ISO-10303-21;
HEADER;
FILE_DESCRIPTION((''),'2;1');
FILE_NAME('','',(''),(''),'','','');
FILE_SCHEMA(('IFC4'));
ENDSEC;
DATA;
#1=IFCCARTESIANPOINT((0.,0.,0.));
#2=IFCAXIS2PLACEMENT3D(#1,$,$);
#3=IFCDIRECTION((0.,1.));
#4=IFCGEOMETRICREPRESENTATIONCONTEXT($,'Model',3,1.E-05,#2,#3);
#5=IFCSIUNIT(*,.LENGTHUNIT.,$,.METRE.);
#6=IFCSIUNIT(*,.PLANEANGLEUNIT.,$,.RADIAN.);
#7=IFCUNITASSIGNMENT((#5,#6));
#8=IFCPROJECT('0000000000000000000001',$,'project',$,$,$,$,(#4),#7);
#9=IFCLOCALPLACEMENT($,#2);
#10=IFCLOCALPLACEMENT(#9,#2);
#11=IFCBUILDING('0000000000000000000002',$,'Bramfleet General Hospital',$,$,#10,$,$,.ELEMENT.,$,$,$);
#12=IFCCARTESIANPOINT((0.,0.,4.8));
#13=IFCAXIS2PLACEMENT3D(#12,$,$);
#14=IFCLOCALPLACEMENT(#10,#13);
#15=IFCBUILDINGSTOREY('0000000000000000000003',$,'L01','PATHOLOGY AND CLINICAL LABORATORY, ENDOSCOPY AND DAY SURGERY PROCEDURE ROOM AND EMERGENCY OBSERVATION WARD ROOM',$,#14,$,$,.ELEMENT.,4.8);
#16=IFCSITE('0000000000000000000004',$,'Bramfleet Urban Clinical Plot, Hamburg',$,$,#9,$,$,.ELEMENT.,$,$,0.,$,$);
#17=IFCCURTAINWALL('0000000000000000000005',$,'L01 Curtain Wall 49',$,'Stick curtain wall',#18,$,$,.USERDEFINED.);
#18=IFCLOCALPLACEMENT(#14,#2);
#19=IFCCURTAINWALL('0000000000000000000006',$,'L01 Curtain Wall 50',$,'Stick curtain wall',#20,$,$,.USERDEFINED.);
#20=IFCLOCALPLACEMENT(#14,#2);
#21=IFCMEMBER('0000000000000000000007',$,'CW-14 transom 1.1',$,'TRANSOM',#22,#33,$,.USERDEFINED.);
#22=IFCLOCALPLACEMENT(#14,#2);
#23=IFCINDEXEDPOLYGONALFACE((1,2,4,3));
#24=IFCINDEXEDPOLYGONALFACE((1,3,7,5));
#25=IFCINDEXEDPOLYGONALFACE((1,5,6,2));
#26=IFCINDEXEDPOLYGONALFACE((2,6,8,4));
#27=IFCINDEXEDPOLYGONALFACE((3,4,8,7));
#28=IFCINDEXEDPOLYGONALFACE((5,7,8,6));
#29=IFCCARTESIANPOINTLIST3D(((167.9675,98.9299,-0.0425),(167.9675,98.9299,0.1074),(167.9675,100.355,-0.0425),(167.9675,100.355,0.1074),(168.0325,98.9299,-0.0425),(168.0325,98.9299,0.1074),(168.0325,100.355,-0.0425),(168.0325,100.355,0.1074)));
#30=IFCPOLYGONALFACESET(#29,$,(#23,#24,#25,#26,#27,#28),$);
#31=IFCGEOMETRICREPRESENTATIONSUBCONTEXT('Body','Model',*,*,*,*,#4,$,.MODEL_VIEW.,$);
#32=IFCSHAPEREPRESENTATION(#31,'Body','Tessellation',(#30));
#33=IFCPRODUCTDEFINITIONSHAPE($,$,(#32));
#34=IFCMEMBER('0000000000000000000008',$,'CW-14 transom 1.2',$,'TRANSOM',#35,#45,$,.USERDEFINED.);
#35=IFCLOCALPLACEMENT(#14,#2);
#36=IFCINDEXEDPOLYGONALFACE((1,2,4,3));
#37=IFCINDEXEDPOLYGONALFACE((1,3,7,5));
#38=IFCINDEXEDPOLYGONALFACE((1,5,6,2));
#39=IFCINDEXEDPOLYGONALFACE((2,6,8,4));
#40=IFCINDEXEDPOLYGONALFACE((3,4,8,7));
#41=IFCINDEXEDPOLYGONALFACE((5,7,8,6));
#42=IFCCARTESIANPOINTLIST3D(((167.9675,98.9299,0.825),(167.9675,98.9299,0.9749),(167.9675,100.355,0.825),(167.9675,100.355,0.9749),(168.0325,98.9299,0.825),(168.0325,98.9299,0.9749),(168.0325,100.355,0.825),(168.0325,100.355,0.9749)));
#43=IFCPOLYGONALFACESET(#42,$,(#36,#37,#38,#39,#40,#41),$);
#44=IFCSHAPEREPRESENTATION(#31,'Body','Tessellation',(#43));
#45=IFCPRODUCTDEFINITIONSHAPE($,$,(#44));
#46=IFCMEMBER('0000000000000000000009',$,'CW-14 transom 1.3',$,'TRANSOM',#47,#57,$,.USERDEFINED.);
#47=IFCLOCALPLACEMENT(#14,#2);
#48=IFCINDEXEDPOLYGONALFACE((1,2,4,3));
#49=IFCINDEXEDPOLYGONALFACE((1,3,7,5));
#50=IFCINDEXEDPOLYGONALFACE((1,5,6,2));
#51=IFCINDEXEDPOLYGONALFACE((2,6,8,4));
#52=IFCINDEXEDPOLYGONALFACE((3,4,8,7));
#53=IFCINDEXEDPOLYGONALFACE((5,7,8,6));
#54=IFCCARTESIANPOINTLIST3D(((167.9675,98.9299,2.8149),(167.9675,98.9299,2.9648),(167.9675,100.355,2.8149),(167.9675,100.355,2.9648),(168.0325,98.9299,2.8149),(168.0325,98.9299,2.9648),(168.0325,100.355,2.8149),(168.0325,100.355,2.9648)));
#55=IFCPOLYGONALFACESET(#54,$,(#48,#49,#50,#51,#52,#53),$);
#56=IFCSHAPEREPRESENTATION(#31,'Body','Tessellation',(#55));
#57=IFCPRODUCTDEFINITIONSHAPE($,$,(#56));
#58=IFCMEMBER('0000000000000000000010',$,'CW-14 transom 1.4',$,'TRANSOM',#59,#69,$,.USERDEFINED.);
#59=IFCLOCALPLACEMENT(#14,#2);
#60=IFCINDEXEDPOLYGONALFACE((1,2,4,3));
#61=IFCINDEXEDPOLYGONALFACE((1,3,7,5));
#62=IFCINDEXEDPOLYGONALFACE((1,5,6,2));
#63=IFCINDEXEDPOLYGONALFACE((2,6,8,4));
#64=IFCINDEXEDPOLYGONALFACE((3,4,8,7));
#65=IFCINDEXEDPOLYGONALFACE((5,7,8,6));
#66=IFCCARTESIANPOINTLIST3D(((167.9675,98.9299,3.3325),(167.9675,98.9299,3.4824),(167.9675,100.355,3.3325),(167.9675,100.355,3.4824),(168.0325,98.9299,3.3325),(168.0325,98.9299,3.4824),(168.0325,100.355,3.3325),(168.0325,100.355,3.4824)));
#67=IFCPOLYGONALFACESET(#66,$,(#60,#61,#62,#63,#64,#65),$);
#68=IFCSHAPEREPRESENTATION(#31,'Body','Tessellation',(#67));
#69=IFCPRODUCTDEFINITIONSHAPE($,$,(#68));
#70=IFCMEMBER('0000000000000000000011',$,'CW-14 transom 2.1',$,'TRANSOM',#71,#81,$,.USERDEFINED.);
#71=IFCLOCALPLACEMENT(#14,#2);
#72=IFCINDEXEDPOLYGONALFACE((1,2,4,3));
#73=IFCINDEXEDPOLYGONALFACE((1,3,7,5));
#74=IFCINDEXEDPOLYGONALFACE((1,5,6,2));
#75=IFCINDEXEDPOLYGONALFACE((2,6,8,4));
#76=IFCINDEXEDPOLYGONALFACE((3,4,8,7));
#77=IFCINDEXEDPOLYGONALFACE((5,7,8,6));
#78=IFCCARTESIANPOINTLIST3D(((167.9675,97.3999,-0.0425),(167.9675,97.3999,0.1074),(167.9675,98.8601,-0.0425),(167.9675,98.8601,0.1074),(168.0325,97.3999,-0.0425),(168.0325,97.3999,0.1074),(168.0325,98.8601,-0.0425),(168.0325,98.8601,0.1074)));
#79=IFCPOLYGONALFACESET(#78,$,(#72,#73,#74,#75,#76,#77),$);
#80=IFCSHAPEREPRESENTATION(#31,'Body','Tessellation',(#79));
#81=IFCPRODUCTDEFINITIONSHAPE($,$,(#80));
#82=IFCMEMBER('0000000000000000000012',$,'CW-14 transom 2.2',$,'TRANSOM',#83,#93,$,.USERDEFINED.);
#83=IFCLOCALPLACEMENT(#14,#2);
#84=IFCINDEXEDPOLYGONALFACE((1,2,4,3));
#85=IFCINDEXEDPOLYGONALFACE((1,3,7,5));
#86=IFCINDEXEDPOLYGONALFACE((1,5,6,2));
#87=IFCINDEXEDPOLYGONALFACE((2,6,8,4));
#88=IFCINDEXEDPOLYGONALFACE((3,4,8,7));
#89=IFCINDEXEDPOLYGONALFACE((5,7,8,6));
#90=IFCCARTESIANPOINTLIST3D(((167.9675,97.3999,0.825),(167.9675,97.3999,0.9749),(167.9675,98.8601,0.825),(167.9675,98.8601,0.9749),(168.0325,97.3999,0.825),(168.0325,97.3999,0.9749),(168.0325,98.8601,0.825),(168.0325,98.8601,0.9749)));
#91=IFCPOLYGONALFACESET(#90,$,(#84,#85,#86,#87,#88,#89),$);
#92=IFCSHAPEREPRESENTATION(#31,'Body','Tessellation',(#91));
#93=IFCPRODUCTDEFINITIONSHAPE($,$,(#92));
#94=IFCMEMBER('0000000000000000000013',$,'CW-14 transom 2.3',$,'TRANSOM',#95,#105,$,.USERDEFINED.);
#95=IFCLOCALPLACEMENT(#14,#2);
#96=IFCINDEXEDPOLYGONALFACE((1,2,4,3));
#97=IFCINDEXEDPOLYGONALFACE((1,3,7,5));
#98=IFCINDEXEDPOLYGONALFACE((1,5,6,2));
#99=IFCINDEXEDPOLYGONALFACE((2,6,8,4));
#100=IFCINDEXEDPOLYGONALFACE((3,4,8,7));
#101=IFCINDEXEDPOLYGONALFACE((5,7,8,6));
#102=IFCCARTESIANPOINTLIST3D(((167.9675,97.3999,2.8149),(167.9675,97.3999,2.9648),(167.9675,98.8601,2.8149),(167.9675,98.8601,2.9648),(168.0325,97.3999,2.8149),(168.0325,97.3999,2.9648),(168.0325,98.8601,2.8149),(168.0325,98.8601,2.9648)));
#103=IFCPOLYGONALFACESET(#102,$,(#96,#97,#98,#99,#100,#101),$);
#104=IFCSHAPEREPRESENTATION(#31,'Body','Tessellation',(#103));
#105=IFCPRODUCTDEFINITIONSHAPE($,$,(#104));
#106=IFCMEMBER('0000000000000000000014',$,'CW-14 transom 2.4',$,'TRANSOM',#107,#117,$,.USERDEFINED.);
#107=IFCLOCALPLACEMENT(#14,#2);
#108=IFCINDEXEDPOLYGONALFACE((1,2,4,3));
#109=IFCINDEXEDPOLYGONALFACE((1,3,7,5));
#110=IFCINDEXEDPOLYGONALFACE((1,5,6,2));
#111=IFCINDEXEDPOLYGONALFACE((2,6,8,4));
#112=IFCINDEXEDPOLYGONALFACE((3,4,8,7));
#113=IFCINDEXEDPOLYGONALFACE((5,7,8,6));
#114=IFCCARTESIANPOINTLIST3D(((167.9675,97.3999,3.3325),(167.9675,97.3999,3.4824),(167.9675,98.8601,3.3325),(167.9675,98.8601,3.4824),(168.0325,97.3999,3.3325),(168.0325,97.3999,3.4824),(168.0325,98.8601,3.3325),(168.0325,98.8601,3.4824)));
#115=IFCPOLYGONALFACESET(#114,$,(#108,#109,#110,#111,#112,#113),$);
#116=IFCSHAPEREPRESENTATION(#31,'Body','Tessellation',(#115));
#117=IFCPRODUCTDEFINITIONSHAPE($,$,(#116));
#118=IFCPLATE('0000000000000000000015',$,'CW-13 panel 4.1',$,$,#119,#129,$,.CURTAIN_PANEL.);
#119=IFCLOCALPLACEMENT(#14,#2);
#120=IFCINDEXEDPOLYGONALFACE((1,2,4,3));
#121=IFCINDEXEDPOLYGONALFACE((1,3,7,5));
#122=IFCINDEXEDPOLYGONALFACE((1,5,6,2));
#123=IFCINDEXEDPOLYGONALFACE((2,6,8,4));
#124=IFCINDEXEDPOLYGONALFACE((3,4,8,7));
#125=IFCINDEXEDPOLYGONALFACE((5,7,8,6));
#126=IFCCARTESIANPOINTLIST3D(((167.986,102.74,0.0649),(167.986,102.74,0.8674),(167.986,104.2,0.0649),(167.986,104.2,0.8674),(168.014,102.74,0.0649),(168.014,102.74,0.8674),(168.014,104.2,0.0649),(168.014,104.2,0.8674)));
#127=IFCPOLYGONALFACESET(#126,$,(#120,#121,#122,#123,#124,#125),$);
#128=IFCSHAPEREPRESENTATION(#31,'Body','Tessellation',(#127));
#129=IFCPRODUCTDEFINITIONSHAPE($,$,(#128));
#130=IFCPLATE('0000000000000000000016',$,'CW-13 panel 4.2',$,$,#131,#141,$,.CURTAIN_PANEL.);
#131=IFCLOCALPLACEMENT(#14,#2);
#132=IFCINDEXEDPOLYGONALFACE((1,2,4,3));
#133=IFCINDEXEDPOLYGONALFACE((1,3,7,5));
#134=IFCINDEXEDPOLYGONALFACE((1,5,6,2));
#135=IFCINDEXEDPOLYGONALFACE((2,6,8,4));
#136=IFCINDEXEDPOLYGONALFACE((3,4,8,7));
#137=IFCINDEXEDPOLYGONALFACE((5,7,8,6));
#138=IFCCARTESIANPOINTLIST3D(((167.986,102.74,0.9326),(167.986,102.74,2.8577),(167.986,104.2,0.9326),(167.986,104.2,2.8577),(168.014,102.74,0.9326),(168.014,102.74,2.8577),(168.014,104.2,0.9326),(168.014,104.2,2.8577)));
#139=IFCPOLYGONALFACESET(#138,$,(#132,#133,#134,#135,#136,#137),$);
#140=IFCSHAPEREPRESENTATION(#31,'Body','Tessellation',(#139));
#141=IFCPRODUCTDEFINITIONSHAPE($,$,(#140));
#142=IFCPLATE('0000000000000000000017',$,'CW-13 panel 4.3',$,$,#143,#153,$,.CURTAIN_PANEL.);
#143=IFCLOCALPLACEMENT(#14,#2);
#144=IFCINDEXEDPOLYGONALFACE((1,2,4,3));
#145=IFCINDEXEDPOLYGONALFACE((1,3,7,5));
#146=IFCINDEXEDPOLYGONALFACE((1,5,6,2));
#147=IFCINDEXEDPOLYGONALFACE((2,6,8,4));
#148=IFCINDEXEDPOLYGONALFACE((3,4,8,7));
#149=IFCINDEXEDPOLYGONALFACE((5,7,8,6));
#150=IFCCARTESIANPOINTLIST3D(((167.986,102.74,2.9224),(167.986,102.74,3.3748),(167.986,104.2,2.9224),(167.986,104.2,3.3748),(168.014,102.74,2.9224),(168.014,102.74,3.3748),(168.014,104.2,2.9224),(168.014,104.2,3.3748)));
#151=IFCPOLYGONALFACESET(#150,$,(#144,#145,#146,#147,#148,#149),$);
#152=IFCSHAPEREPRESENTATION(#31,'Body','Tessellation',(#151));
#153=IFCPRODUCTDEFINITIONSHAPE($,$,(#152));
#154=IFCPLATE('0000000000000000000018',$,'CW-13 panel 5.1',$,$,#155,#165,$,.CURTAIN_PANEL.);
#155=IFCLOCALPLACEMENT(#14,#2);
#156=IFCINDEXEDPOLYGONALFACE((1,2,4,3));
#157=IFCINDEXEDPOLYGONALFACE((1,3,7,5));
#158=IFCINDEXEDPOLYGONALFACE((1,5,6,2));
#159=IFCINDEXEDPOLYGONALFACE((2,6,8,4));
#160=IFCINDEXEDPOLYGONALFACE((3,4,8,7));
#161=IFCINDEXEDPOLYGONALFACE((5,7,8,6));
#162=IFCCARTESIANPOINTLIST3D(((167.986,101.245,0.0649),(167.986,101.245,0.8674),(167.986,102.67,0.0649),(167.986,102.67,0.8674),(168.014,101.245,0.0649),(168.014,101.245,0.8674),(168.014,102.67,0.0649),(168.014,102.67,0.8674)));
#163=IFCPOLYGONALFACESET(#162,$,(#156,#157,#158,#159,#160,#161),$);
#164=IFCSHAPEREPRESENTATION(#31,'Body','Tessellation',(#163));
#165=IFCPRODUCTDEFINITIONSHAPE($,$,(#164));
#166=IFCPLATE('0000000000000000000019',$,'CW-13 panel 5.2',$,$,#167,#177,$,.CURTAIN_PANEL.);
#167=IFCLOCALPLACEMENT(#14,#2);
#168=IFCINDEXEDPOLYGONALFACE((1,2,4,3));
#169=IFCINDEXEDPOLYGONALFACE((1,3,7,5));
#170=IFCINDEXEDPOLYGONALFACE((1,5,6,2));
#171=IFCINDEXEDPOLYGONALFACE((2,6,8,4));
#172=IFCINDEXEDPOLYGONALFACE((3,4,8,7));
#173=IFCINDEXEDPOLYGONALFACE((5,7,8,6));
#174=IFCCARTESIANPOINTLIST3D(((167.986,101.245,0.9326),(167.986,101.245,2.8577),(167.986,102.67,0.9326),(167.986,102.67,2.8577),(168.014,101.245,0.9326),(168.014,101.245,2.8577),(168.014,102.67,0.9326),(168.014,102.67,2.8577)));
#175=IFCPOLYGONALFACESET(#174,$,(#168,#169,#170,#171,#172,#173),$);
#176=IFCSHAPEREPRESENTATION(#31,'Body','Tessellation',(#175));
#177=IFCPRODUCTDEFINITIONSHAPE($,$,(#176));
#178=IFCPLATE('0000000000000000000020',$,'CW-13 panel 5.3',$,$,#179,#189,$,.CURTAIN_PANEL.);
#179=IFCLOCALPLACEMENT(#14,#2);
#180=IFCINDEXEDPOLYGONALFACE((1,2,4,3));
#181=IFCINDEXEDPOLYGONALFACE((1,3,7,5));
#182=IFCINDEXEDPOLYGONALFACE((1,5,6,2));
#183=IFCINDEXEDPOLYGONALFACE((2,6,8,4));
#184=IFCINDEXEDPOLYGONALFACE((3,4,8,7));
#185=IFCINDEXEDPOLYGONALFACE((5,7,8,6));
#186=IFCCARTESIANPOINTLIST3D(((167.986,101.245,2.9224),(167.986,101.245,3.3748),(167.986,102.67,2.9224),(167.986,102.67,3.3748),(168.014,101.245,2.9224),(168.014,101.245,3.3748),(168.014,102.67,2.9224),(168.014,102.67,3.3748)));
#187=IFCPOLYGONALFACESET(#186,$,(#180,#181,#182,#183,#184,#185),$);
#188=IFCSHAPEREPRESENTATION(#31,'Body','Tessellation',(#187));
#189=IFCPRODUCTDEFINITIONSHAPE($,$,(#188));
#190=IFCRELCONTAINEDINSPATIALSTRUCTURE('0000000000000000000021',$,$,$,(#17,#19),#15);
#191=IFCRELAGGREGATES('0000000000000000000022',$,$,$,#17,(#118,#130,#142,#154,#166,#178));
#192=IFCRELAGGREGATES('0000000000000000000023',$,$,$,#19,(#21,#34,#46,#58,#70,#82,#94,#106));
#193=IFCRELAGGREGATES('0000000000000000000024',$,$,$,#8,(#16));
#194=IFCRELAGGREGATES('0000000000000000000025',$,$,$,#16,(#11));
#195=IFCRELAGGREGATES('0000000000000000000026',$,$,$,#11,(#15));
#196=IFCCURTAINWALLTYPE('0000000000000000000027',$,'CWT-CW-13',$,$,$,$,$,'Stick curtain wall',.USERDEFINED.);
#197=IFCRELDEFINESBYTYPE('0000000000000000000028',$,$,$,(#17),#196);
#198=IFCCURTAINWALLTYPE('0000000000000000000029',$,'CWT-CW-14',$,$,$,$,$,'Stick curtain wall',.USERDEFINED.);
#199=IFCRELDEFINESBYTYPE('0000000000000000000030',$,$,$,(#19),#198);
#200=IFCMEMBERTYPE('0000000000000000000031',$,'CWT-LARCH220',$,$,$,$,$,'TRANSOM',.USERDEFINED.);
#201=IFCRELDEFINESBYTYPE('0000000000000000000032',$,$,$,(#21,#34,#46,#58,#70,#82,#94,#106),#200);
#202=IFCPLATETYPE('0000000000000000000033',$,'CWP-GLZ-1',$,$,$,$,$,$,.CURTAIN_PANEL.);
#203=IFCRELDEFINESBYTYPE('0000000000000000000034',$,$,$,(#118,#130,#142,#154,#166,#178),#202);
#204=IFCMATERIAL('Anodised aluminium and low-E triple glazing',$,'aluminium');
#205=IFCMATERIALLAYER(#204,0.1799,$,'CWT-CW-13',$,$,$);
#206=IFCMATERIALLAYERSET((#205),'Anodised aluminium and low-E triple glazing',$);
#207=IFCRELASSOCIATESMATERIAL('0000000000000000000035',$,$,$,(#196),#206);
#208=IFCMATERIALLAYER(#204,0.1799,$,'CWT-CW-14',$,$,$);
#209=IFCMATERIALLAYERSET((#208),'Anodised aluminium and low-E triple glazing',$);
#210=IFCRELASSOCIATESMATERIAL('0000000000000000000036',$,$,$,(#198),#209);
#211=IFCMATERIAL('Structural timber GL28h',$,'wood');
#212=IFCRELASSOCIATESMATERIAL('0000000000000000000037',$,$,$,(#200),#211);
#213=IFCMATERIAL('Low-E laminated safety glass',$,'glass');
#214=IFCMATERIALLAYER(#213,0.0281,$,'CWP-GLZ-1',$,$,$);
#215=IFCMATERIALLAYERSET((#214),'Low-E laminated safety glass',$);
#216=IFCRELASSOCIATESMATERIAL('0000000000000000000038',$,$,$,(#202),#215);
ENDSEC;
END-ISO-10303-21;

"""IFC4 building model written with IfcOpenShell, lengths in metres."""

from ifc_helpers import new_model, si_unit, direction, frame, origin, origin_2d, place, context, subcontext, project, spatial, rectangle, extrude, material, layer, layer_set, material_profile, profile_set, type_object, element, aggregate, save


model = new_model("IFC4")

# Units and contexts
model_context = context("Model", 3, precision=1e-05, world=origin(), true_north=direction((0.0, 1.0)))
body_context = subcontext(model_context, "Body", "Model", "MODEL_VIEW")
ifc_project = project(units=[si_unit("LENGTHUNIT", "METRE"), si_unit("PLANEANGLEUNIT", "RADIAN")], contexts=[model_context])

# Site, building, storey
site_placement = place(None, origin())
site = spatial("IfcSite", under=ifc_project, at=site_placement, Name="Bramfleet Urban Clinical Plot, Hamburg", CompositionType="ELEMENT", RefElevation=0.0)
building_placement = place(site_placement, origin())
building = spatial("IfcBuilding", under=site, at=building_placement, Name="Bramfleet General Hospital", CompositionType="ELEMENT")
storey_placement = place(building_placement, frame((0.0, 0.0, 4.8)))
storey = spatial("IfcBuildingStorey", under=building, at=storey_placement, Name="L01", Description="PATHOLOGY AND CLINICAL LABORATORY, ENDOSCOPY AND DAY SURGERY PROCEDURE ROOM AND EMERGENCY OBSERVATION WARD ROOM", CompositionType="ELEMENT", Elevation=4.8)

# Curtain walls
ifc_material_1 = material(Name="Anodised aluminium and low-E triple glazing", Category="aluminium")
ifc_layer_1 = layer(ifc_material_1, 0.1799, Name="CWT-CW-13")
ifc_layer_set_1 = layer_set([ifc_layer_1], Name="Anodised aluminium and low-E triple glazing")
curtain_wall_type_1 = type_object("IfcCurtainWallType", Name="CWT-CW-13", ElementType="Stick curtain wall", PredefinedType="USERDEFINED", material=ifc_layer_set_1)
curtain_wall_1_placement = place(storey_placement, origin())
curtain_wall_1 = element("IfcCurtainWall", 1, at=curtain_wall_1_placement, inside=storey, type_object=curtain_wall_type_1, Name="L01 Curtain Wall 49", ObjectType="Stick curtain wall", PredefinedType="USERDEFINED")
ifc_material_2 = material(Name="Structural timber GL28h", Category="wood")
ifc_layer_2 = layer(ifc_material_1, 0.1799, Name="CWT-CW-14")
ifc_layer_set_2 = layer_set([ifc_layer_2], Name="Anodised aluminium and low-E triple glazing")
curtain_wall_type_2 = type_object("IfcCurtainWallType", Name="CWT-CW-14", ElementType="Stick curtain wall", PredefinedType="USERDEFINED", material=ifc_layer_set_2)
curtain_wall_2_placement = place(storey_placement, origin())
curtain_wall_2 = element("IfcCurtainWall", 2, at=curtain_wall_2_placement, inside=storey, type_object=curtain_wall_type_2, Name="L01 Curtain Wall 50", ObjectType="Stick curtain wall", PredefinedType="USERDEFINED")

# Members
ifc_material_profile_1 = material_profile(ifc_material_2, rectangle(XDim=0.0649, YDim=0.1499, at=origin_2d()), Name="LARCH 150x65")
ifc_profile_set_1 = profile_set([ifc_material_profile_1], Name="Structural timber GL28h")
member_type_1 = type_object("IfcMemberType", Name="CWT-LARCH220", ElementType="TRANSOM", PredefinedType="USERDEFINED", material=ifc_profile_set_1)
member_1_placement = place(storey_placement, frame((168.0, 100.355, 0.0325), z_axis=(0.0, -1.0, 0.0), x_axis=(1.0, 0.0, 0.0)))
member_1 = element("IfcMember", 3, at=member_1_placement, type_object=member_type_1, Name="CW-14 transom 1.1", ObjectType="TRANSOM", PredefinedType="USERDEFINED", context=body_context, shape_type="SweptSolid", body=[
    extrude(rectangle(XDim=0.0649, YDim=0.1499, at=origin_2d()), origin(), (0.0, 0.0, 1.0), 1.425),
])
member_2_placement = place(storey_placement, frame((168.0, 100.355, 0.8999), z_axis=(0.0, -1.0, 0.0), x_axis=(1.0, 0.0, 0.0)))
member_2 = element("IfcMember", 4, at=member_2_placement, type_object=member_type_1, Name="CW-14 transom 1.2", ObjectType="TRANSOM", PredefinedType="USERDEFINED", context=body_context, shape_type="SweptSolid", body=[
    extrude(rectangle(XDim=0.0649, YDim=0.1499, at=origin_2d()), origin(), (0.0, 0.0, 1.0), 1.425),
])
member_3_placement = place(storey_placement, frame((168.0, 100.355, 2.8899), z_axis=(0.0, -1.0, 0.0), x_axis=(1.0, 0.0, 0.0)))
member_3 = element("IfcMember", 5, at=member_3_placement, type_object=member_type_1, Name="CW-14 transom 1.3", ObjectType="TRANSOM", PredefinedType="USERDEFINED", context=body_context, shape_type="SweptSolid", body=[
    extrude(rectangle(XDim=0.0649, YDim=0.1499, at=origin_2d()), origin(), (0.0, 0.0, 1.0), 1.425),
])
member_4_placement = place(storey_placement, frame((168.0, 100.355, 3.4075), z_axis=(0.0, -1.0, 0.0), x_axis=(1.0, 0.0, 0.0)))
member_4 = element("IfcMember", 6, at=member_4_placement, type_object=member_type_1, Name="CW-14 transom 1.4", ObjectType="TRANSOM", PredefinedType="USERDEFINED", context=body_context, shape_type="SweptSolid", body=[
    extrude(rectangle(XDim=0.0649, YDim=0.1499, at=origin_2d()), origin(), (0.0, 0.0, 1.0), 1.425),
])
member_5_placement = place(storey_placement, frame((168.0, 98.8601, 0.0325), z_axis=(0.0, -1.0, 0.0), x_axis=(1.0, 0.0, 0.0)))
member_5 = element("IfcMember", 7, at=member_5_placement, type_object=member_type_1, Name="CW-14 transom 2.1", ObjectType="TRANSOM", PredefinedType="USERDEFINED", context=body_context, shape_type="SweptSolid", body=[
    extrude(rectangle(XDim=0.0649, YDim=0.1499, at=origin_2d()), origin(), (0.0, 0.0, 1.0), 1.4602),
])
member_6_placement = place(storey_placement, frame((168.0, 98.8601, 0.8999), z_axis=(0.0, -1.0, 0.0), x_axis=(1.0, 0.0, 0.0)))
member_6 = element("IfcMember", 8, at=member_6_placement, type_object=member_type_1, Name="CW-14 transom 2.2", ObjectType="TRANSOM", PredefinedType="USERDEFINED", context=body_context, shape_type="SweptSolid", body=[
    extrude(rectangle(XDim=0.0649, YDim=0.1499, at=origin_2d()), origin(), (0.0, 0.0, 1.0), 1.4602),
])
member_7_placement = place(storey_placement, frame((168.0, 98.8601, 2.8899), z_axis=(0.0, -1.0, 0.0), x_axis=(1.0, 0.0, 0.0)))
member_7 = element("IfcMember", 9, at=member_7_placement, type_object=member_type_1, Name="CW-14 transom 2.3", ObjectType="TRANSOM", PredefinedType="USERDEFINED", context=body_context, shape_type="SweptSolid", body=[
    extrude(rectangle(XDim=0.0649, YDim=0.1499, at=origin_2d()), origin(), (0.0, 0.0, 1.0), 1.4602),
])
member_8_placement = place(storey_placement, frame((168.0, 98.8601, 3.4075), z_axis=(0.0, -1.0, 0.0), x_axis=(1.0, 0.0, 0.0)))
member_8 = element("IfcMember", 10, at=member_8_placement, type_object=member_type_1, Name="CW-14 transom 2.4", ObjectType="TRANSOM", PredefinedType="USERDEFINED", context=body_context, shape_type="SweptSolid", body=[
    extrude(rectangle(XDim=0.0649, YDim=0.1499, at=origin_2d()), origin(), (0.0, 0.0, 1.0), 1.4602),
])

# Plates
ifc_material_3 = material(Name="Low-E laminated safety glass", Category="glass")
ifc_layer_3 = layer(ifc_material_3, 0.0281, Name="CWP-GLZ-1")
ifc_layer_set_3 = layer_set([ifc_layer_3], Name="Low-E laminated safety glass")
plate_type_1 = type_object("IfcPlateType", Name="CWP-GLZ-1", PredefinedType="CURTAIN_PANEL", material=ifc_layer_set_3)
plate_1_placement = place(storey_placement, frame((168.0, 103.47, 0.0649), z_axis=(0.0, 0.0, 1.0), x_axis=(0.0, -1.0, 0.0)))
plate_1 = element("IfcPlate", 11, at=plate_1_placement, type_object=plate_type_1, Name="CW-13 panel 4.1", PredefinedType="CURTAIN_PANEL", context=body_context, shape_type="SweptSolid", body=[
    extrude(rectangle(XDim=1.46, YDim=0.0281, at=origin_2d()), origin(), (0.0, 0.0, 1.0), 0.8025),
])
plate_2_placement = place(storey_placement, frame((168.0, 103.47, 0.9326), z_axis=(0.0, 0.0, 1.0), x_axis=(0.0, -1.0, 0.0)))
plate_2 = element("IfcPlate", 12, at=plate_2_placement, type_object=plate_type_1, Name="CW-13 panel 4.2", PredefinedType="CURTAIN_PANEL", context=body_context, shape_type="SweptSolid", body=[
    extrude(rectangle(XDim=1.46, YDim=0.0281, at=origin_2d()), origin(), (0.0, 0.0, 1.0), 1.925),
])
plate_3_placement = place(storey_placement, frame((168.0, 103.47, 2.9224), z_axis=(0.0, 0.0, 1.0), x_axis=(0.0, -1.0, 0.0)))
plate_3 = element("IfcPlate", 13, at=plate_3_placement, type_object=plate_type_1, Name="CW-13 panel 4.3", PredefinedType="CURTAIN_PANEL", context=body_context, shape_type="SweptSolid", body=[
    extrude(rectangle(XDim=1.46, YDim=0.0281, at=origin_2d()), origin(), (0.0, 0.0, 1.0), 0.4524),
])
plate_4_placement = place(storey_placement, frame((168.0, 101.9575, 0.0649), z_axis=(0.0, 0.0, 1.0), x_axis=(0.0, -1.0, 0.0)))
plate_4 = element("IfcPlate", 14, at=plate_4_placement, type_object=plate_type_1, Name="CW-13 panel 5.1", PredefinedType="CURTAIN_PANEL", context=body_context, shape_type="SweptSolid", body=[
    extrude(rectangle(XDim=1.425, YDim=0.0281, at=origin_2d()), origin(), (0.0, 0.0, 1.0), 0.8025),
])
plate_5_placement = place(storey_placement, frame((168.0, 101.9575, 0.9326), z_axis=(0.0, 0.0, 1.0), x_axis=(0.0, -1.0, 0.0)))
plate_5 = element("IfcPlate", 15, at=plate_5_placement, type_object=plate_type_1, Name="CW-13 panel 5.2", PredefinedType="CURTAIN_PANEL", context=body_context, shape_type="SweptSolid", body=[
    extrude(rectangle(XDim=1.425, YDim=0.0281, at=origin_2d()), origin(), (0.0, 0.0, 1.0), 1.925),
])
plate_6_placement = place(storey_placement, frame((168.0, 101.9575, 2.9224), z_axis=(0.0, 0.0, 1.0), x_axis=(0.0, -1.0, 0.0)))
plate_6 = element("IfcPlate", 16, at=plate_6_placement, type_object=plate_type_1, Name="CW-13 panel 5.3", PredefinedType="CURTAIN_PANEL", context=body_context, shape_type="SweptSolid", body=[
    extrude(rectangle(XDim=1.425, YDim=0.0281, at=origin_2d()), origin(), (0.0, 0.0, 1.0), 0.4524),
])
aggregate(curtain_wall_1, [plate_1, plate_2, plate_3, plate_4, plate_5, plate_6])
aggregate(curtain_wall_2, [member_1, member_2, member_3, member_4, member_5, member_6, member_7, member_8])

save(model, "model.ifc")
